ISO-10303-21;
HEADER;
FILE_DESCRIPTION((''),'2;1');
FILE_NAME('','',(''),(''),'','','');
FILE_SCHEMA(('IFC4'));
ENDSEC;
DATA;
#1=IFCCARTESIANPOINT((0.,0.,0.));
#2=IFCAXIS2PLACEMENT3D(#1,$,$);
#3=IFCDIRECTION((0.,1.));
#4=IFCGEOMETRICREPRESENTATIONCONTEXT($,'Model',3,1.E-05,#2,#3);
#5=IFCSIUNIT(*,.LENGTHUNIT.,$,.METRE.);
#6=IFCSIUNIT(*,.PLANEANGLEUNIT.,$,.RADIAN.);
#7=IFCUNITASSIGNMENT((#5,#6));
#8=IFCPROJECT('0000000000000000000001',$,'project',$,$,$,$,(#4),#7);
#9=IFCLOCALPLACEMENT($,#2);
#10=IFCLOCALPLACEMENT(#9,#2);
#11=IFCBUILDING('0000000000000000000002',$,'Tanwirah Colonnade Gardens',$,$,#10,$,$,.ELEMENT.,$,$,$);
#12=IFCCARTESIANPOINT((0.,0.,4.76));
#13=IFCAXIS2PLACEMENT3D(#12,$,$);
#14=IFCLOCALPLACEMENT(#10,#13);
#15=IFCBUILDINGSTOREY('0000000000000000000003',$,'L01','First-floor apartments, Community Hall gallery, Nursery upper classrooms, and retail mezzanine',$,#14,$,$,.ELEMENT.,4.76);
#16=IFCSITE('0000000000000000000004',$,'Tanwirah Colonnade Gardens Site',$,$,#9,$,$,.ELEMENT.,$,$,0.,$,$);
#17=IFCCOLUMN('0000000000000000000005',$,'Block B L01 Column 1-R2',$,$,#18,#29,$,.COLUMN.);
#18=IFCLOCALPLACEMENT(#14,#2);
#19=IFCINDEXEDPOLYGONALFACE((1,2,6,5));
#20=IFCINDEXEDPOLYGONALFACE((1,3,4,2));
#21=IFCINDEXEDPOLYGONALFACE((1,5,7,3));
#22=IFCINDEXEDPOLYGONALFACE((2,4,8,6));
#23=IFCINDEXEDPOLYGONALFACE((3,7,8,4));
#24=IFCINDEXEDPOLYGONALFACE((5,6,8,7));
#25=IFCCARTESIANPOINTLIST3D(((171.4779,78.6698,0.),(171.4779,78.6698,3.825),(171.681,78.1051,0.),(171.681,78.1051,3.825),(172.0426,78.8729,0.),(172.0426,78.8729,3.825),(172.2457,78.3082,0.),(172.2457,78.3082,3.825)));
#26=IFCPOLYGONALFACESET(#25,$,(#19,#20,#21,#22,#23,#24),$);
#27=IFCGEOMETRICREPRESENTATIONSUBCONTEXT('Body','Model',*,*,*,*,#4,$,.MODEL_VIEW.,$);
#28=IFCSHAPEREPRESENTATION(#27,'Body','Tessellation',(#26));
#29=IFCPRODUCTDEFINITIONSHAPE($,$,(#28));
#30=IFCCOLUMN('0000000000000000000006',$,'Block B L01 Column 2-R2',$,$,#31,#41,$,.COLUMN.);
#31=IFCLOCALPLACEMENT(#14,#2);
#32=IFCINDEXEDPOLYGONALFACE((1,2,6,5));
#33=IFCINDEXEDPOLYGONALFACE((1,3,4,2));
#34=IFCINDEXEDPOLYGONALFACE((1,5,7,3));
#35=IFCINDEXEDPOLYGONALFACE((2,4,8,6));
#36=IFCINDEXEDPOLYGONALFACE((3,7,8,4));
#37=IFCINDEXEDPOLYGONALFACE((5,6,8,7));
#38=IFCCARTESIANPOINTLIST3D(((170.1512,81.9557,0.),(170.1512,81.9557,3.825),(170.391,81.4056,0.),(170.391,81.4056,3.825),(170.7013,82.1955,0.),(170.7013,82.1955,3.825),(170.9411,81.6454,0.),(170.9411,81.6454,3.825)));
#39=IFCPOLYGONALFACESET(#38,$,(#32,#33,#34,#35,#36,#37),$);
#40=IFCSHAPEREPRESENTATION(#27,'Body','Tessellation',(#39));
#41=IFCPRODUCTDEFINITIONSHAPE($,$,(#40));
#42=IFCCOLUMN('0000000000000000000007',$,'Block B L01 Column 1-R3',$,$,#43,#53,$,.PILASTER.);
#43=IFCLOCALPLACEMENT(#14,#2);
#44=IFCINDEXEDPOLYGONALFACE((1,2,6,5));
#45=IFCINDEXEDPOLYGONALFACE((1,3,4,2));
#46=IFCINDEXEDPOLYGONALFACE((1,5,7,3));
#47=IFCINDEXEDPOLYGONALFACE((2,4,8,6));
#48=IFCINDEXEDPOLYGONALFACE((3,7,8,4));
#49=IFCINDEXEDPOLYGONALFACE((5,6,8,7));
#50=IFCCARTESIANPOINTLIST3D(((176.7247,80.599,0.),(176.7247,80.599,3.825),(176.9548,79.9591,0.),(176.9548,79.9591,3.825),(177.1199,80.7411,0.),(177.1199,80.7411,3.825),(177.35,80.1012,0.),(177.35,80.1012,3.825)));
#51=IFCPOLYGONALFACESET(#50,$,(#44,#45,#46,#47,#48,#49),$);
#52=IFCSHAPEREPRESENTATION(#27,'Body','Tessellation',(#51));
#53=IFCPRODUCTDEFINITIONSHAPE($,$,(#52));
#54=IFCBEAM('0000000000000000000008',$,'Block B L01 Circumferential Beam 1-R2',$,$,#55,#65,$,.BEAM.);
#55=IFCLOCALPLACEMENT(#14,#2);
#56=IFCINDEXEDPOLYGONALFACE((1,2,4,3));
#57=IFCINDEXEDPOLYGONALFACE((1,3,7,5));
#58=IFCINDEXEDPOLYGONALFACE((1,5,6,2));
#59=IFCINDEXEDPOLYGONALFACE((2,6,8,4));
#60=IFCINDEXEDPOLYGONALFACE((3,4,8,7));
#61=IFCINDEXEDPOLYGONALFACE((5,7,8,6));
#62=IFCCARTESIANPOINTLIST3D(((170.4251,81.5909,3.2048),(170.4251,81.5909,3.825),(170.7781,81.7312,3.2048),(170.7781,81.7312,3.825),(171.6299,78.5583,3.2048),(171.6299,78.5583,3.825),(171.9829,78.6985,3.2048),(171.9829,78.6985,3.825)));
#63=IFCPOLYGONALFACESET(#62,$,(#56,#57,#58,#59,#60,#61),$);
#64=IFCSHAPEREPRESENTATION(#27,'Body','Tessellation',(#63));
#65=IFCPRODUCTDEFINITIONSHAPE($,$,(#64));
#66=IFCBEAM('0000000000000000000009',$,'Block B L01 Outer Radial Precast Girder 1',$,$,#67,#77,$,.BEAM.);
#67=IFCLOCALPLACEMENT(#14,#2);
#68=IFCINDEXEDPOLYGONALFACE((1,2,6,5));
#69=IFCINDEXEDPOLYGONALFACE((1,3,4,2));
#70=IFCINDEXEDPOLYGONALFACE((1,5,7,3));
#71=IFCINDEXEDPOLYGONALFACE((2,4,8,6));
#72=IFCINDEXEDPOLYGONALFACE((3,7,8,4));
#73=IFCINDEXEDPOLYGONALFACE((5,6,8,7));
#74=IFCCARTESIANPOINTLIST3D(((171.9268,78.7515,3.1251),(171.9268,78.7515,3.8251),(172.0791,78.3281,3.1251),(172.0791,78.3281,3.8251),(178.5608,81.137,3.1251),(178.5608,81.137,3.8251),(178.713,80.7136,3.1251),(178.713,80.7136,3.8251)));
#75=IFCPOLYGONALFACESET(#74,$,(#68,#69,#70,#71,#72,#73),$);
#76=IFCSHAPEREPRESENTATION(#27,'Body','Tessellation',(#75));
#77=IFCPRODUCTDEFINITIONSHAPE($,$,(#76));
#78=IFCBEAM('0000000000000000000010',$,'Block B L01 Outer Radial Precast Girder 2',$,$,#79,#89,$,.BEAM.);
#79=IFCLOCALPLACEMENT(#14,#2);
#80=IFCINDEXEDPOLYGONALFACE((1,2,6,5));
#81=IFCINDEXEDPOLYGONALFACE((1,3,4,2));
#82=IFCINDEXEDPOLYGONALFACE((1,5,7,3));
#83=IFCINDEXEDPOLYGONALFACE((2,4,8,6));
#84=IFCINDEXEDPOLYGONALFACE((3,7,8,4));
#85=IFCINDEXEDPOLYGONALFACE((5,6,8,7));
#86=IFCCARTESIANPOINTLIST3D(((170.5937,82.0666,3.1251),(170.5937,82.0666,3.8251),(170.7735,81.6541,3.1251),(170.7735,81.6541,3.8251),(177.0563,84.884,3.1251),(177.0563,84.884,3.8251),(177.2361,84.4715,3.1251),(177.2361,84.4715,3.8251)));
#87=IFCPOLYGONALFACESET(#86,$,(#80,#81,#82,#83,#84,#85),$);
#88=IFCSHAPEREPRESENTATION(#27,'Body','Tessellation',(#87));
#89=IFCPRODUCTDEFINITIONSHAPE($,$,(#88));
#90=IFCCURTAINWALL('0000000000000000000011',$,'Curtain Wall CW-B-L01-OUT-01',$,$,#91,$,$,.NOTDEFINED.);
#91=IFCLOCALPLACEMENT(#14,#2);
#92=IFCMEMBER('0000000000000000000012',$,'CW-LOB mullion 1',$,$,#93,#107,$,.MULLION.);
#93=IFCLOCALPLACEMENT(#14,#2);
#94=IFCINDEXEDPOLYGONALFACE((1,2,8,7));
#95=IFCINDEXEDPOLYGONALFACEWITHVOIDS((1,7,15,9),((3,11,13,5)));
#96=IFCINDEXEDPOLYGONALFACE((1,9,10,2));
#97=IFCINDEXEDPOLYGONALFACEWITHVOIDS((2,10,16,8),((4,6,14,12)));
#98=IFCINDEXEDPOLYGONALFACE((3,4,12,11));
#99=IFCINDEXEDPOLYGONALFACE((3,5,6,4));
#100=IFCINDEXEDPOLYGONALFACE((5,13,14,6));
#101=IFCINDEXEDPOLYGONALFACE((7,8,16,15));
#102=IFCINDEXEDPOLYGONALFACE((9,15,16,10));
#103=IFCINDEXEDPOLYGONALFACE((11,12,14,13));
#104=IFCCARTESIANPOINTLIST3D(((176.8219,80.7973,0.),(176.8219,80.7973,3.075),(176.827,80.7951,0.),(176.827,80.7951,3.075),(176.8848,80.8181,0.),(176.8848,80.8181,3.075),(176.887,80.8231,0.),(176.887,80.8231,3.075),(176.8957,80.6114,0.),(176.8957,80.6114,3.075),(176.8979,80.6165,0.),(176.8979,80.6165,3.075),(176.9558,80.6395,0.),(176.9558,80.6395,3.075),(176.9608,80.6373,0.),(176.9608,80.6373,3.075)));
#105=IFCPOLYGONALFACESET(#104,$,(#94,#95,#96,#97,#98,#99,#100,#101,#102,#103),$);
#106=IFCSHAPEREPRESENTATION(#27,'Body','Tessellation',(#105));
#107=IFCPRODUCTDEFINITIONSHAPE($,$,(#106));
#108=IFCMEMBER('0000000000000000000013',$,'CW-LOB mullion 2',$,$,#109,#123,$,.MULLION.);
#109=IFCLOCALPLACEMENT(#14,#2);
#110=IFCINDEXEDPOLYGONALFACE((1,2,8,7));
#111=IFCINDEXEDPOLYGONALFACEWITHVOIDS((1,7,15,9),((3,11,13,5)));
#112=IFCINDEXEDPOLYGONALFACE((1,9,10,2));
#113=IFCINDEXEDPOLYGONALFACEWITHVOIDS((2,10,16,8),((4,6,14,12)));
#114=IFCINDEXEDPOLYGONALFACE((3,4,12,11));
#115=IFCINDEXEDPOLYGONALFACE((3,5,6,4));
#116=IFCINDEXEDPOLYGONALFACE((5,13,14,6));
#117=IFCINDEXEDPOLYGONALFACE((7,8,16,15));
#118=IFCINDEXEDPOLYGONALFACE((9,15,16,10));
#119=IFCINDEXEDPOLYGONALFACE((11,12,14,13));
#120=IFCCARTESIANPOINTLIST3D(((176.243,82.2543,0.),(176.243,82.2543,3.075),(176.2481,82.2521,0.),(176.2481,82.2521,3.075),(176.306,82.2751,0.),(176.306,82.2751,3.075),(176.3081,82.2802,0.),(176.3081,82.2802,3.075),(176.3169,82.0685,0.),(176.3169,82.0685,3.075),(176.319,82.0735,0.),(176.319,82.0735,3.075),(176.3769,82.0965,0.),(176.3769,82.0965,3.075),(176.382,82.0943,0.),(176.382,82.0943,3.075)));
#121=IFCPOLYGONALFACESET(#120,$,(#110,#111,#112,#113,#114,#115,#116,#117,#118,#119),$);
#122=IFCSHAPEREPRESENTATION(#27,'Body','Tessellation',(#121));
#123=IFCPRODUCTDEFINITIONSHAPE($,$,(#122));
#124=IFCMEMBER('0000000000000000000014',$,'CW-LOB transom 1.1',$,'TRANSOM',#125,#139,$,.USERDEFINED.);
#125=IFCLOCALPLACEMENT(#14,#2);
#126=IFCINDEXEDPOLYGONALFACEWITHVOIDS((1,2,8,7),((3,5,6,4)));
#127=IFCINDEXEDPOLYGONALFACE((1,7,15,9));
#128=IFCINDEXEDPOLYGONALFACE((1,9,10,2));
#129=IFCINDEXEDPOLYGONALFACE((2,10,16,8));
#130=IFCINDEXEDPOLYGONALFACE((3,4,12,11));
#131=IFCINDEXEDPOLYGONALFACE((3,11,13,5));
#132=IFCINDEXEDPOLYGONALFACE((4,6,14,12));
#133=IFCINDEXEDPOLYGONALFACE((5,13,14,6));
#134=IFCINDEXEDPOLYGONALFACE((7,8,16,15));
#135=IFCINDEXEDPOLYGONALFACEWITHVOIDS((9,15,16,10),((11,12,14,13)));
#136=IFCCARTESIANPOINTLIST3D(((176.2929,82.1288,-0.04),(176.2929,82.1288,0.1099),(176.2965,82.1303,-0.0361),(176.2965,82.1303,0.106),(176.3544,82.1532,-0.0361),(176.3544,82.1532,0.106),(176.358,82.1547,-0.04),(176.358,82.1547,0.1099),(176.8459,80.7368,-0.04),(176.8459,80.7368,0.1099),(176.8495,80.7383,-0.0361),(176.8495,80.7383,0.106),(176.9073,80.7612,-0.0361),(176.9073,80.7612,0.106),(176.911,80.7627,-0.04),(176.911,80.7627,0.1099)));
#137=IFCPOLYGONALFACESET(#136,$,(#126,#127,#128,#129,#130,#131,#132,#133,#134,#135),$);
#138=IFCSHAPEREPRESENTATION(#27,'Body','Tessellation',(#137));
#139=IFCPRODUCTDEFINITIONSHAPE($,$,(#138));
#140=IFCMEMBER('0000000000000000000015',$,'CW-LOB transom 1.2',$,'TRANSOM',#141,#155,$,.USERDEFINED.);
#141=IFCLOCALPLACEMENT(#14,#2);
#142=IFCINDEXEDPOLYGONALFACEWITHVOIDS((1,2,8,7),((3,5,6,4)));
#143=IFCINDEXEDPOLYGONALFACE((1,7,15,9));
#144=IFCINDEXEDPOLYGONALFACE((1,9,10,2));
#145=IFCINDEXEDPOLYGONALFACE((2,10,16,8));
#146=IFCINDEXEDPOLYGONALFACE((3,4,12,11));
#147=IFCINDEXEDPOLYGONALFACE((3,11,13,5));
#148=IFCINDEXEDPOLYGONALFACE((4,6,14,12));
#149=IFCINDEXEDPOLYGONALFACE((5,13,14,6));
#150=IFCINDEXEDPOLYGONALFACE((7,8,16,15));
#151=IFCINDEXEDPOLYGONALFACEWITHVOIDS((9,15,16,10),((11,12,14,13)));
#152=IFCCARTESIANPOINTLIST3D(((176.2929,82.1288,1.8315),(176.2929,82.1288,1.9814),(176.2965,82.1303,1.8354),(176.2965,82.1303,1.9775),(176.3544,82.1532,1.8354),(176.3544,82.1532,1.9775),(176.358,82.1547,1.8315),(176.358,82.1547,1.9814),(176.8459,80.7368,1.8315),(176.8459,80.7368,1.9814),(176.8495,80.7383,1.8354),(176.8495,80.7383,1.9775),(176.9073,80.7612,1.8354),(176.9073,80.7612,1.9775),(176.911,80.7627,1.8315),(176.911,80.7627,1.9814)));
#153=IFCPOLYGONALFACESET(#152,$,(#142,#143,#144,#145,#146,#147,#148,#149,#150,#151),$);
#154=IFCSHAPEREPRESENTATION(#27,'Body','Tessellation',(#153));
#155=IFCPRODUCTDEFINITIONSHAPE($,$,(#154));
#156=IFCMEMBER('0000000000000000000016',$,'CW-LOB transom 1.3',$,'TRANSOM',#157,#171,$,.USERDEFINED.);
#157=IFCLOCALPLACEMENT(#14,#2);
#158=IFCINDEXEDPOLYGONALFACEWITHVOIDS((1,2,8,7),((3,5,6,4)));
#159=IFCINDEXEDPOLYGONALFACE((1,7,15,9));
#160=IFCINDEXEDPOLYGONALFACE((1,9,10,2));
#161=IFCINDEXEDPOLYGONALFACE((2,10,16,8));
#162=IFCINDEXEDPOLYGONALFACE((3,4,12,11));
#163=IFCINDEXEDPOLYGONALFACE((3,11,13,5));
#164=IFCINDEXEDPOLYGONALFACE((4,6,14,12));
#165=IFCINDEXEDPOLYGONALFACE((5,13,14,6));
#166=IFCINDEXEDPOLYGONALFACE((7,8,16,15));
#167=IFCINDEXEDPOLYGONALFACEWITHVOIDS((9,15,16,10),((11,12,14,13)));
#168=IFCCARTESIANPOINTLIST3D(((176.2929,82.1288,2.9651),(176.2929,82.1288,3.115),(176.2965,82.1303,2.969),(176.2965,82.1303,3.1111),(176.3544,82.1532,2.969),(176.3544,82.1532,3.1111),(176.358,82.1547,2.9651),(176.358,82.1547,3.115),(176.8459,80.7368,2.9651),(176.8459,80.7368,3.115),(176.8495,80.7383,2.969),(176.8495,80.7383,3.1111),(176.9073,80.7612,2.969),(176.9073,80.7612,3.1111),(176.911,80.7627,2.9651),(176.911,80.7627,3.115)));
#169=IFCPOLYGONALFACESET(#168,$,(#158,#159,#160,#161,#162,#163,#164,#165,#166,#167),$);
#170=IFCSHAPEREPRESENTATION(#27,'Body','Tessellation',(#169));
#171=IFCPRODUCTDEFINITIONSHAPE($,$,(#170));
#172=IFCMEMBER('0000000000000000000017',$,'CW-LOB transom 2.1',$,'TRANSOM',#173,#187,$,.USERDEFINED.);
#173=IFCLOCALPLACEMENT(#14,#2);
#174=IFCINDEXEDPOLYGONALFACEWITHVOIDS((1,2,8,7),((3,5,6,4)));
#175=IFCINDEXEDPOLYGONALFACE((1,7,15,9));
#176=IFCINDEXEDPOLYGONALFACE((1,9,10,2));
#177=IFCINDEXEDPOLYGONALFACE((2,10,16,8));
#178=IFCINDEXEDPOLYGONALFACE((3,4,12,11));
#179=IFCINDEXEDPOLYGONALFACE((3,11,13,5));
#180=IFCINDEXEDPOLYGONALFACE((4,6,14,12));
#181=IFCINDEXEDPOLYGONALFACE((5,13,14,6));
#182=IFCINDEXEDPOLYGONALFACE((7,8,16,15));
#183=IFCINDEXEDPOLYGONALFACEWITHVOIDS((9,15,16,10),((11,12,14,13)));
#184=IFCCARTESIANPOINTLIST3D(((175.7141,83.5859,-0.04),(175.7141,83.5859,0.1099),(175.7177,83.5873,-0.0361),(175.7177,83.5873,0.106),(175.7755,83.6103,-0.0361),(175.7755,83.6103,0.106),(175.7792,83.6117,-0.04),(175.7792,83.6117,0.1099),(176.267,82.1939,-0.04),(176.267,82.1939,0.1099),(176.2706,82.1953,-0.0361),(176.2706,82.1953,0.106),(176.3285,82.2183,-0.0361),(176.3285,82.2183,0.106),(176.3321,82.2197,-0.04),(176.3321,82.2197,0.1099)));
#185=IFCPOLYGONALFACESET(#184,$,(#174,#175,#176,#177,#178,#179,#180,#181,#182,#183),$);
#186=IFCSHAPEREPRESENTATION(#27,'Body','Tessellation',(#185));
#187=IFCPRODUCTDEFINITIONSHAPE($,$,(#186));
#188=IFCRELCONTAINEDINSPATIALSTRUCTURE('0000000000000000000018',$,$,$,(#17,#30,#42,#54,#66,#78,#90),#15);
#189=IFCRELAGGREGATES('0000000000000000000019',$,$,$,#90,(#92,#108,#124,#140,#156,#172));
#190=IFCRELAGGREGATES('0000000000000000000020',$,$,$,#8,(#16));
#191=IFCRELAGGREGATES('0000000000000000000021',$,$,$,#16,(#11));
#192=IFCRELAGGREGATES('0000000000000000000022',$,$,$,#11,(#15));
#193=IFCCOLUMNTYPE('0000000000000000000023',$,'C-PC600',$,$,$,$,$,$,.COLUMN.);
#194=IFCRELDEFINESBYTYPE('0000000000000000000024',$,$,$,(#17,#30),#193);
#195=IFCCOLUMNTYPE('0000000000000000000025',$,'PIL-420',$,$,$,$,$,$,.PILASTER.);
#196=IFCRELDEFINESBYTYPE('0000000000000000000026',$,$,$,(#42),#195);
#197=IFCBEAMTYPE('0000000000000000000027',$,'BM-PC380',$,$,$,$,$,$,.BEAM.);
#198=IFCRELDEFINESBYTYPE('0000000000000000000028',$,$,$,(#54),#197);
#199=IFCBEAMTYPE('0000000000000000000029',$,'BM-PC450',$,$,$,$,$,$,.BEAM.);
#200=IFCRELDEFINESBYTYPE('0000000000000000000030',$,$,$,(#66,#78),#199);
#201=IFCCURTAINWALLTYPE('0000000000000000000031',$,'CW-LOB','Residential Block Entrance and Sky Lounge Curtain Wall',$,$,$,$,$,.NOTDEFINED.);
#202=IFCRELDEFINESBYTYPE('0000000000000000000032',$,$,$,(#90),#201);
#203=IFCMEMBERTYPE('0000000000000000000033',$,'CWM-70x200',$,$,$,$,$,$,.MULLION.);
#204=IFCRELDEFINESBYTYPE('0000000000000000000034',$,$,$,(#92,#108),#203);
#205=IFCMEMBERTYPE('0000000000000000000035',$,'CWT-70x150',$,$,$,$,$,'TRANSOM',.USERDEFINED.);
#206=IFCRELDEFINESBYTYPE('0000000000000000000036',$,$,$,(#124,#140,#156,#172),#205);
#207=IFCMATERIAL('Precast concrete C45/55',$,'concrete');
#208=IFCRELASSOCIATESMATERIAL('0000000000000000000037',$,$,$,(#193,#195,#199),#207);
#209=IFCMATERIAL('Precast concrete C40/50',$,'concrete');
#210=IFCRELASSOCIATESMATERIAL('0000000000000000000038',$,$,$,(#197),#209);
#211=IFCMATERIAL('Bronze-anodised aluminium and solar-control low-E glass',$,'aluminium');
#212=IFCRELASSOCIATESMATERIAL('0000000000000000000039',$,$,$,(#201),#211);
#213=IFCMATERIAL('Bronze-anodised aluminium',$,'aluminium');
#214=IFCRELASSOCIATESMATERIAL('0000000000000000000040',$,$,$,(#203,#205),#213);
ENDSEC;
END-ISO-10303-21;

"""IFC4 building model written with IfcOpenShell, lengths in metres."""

from ifc_helpers import new_model, si_unit, direction, frame, origin, origin_2d, place, context, subcontext, project, spatial, rectangle, hollow_rectangle, extrude, material, material_profile, profile_set, type_object, element, aggregate, save


model = new_model("IFC4")

# Units and contexts
model_context = context("Model", 3, precision=1e-05, world=origin(), true_north=direction((0.0, 1.0)))
body_context = subcontext(model_context, "Body", "Model", "MODEL_VIEW")
ifc_project = project(units=[si_unit("LENGTHUNIT", "METRE"), si_unit("PLANEANGLEUNIT", "RADIAN")], contexts=[model_context])

# Site, building, storey
site_placement = place(None, origin())
site = spatial("IfcSite", under=ifc_project, at=site_placement, Name="Tanwirah Colonnade Gardens Site", CompositionType="ELEMENT", RefElevation=0.0)
building_placement = place(site_placement, origin())
building = spatial("IfcBuilding", under=site, at=building_placement, Name="Tanwirah Colonnade Gardens", CompositionType="ELEMENT")
storey_placement = place(building_placement, frame((0.0, 0.0, 4.76)))
storey = spatial("IfcBuildingStorey", under=building, at=storey_placement, Name="L01", Description="First-floor apartments, Community Hall gallery, Nursery upper classrooms, and retail mezzanine", CompositionType="ELEMENT", Elevation=4.76)

# Columns
ifc_material_1 = material(Name="Precast concrete C45/55", Category="concrete")
ifc_material_profile_1 = material_profile(ifc_material_1, rectangle(XDim=0.6001, YDim=0.6001, at=origin_2d()), Name="PC-COL 600x600")
ifc_profile_set_1 = profile_set([ifc_material_profile_1], Name="Precast concrete C45/55")
column_type_1 = type_object("IfcColumnType", Name="C-PC600", PredefinedType="COLUMN", material=ifc_profile_set_1)
for number, where, z_axis, x_axis, name in (
    (1, (171.8618, 78.489, 0.0), (0.0, 0.0, 1.0), (0.941012, 0.338373, 0.0), "Block B L01 Column 1-R2"),
    (2, (170.5461, 81.8005, 0.0), (0.0, 0.0, 1.0), (0.916673, 0.399638, 0.0), "Block B L01 Column 2-R2"),
):
    element("IfcColumn", number, at=place(storey_placement, frame(where, z_axis=z_axis, x_axis=x_axis)), inside=storey, type_object=column_type_1, Name=name, PredefinedType="COLUMN", context=body_context, shape_type="SweptSolid", body=[
        extrude(rectangle(XDim=0.6001, YDim=0.6001, at=origin_2d()), origin(), (0.0, 0.0, 1.0), 3.825),
    ])
ifc_material_profile_2 = material_profile(ifc_material_1, rectangle(XDim=0.4199, YDim=0.6799, at=origin_2d()), Name="PC-PIL 420x680")
ifc_profile_set_2 = profile_set([ifc_material_profile_2], Name="Precast concrete C45/55")
column_type_2 = type_object("IfcColumnType", Name="PIL-420", PredefinedType="PILASTER", material=ifc_profile_set_2)
column_placement = place(storey_placement, frame((177.0374, 80.3501, 0.0), z_axis=(0.0, 0.0, 1.0), x_axis=(0.941012, 0.338373, 0.0)))
element("IfcColumn", 3, at=column_placement, inside=storey, type_object=column_type_2, Name="Block B L01 Column 1-R3", PredefinedType="PILASTER", context=body_context, shape_type="SweptSolid", body=[
    extrude(rectangle(XDim=0.4199, YDim=0.6799, at=origin_2d()), origin(), (0.0, 0.0, 1.0), 3.825),
])

# Beams
ifc_material_2 = material(Name="Precast concrete C40/50", Category="concrete")
ifc_material_profile_3 = material_profile(ifc_material_2, rectangle(XDim=0.3799, YDim=0.6201, at=origin_2d()), Name="PC-BM 380x620")
ifc_profile_set_3 = profile_set([ifc_material_profile_3], Name="Precast concrete C40/50")
beam_type_1 = type_object("IfcBeamType", Name="BM-PC380", PredefinedType="BEAM", material=ifc_profile_set_3)
beam_1_placement = place(storey_placement, frame((171.8064, 78.6284, 3.5149), z_axis=(-0.36921, 0.929346, 0.0), x_axis=(-0.929346, -0.36921, 0.0)))
element("IfcBeam", 4, at=beam_1_placement, inside=storey, type_object=beam_type_1, Name="Block B L01 Circumferential Beam 1-R2", PredefinedType="BEAM", context=body_context, shape_type="SweptSolid", body=[
    extrude(rectangle(XDim=0.3799, YDim=0.6201, at=origin_2d()), origin(), (0.0, 0.0, 1.0), 3.2632),
])
ifc_material_profile_4 = material_profile(ifc_material_1, rectangle(XDim=0.45, YDim=0.7, at=origin_2d()), Name="PC-BM 450x700")
ifc_profile_set_4 = profile_set([ifc_material_profile_4], Name="Precast concrete C45/55")
beam_type_2 = type_object("IfcBeamType", Name="BM-PC450", PredefinedType="BEAM", material=ifc_profile_set_4)
beam_2_placement = place(storey_placement, frame((172.0029, 78.5398, 3.4751), z_axis=(0.941012, 0.338374, 0.0), x_axis=(-0.338374, 0.941012, 0.0)))
element("IfcBeam", 5, at=beam_2_placement, inside=storey, type_object=beam_type_2, Name="Block B L01 Outer Radial Precast Girder 1", PredefinedType="BEAM", context=body_context, shape_type="SweptSolid", body=[
    extrude(rectangle(XDim=0.45, YDim=0.7, at=origin_2d()), origin(), (0.0, 0.0, 1.0), 7.0498),
])
beam_3_placement = place(storey_placement, frame((170.6836, 81.8604, 3.4751), z_axis=(0.916679, 0.399625, 0.0), x_axis=(-0.399625, 0.916679, 0.0)))
element("IfcBeam", 6, at=beam_3_placement, inside=storey, type_object=beam_type_2, Name="Block B L01 Outer Radial Precast Girder 2", PredefinedType="BEAM", context=body_context, shape_type="SweptSolid", body=[
    extrude(rectangle(XDim=0.45, YDim=0.7, at=origin_2d()), origin(), (0.0, 0.0, 1.0), 7.05),
])

# Curtain wall, members
ifc_material_3 = material(Name="Bronze-anodised aluminium and solar-control low-E glass", Category="aluminium")
curtain_wall_type = type_object("IfcCurtainWallType", Name="CW-LOB", Description="Residential Block Entrance and Sky Lounge Curtain Wall", PredefinedType="NOTDEFINED", material=ifc_material_3)
curtain_wall_placement = place(storey_placement, origin())
curtain_wall = element("IfcCurtainWall", 7, at=curtain_wall_placement, inside=storey, type_object=curtain_wall_type, Name="Curtain Wall CW-B-L01-OUT-01", PredefinedType="NOTDEFINED")
ifc_material_4 = material(Name="Bronze-anodised aluminium", Category="aluminium")
ifc_material_profile_5 = material_profile(ifc_material_4, hollow_rectangle(XDim=0.0701, YDim=0.2, WallThickness=0.0039, at=origin_2d()), Name="CW-MUL 70x200x4")
ifc_profile_set_5 = profile_set([ifc_material_profile_5], Name="Bronze-anodised aluminium")
member_type_1 = type_object("IfcMemberType", Name="CWM-70x200", PredefinedType="MULLION", material=ifc_profile_set_5)
member_1_placement = place(storey_placement, frame((176.8914, 80.7173, 0.0), z_axis=(0.0, 0.0, 1.0), x_axis=(-0.929348, -0.369206, 0.0)))
member_1 = element("IfcMember", 8, at=member_1_placement, type_object=member_type_1, Name="CW-LOB mullion 1", PredefinedType="MULLION", context=body_context, shape_type="SweptSolid", body=[
    extrude(hollow_rectangle(XDim=0.0701, YDim=0.2, WallThickness=0.0039, at=origin_2d()), origin(), (0.0, 0.0, 1.0), 3.075),
])
member_2_placement = place(storey_placement, frame((176.3125, 82.1743, 0.0), z_axis=(0.0, 0.0, 1.0), x_axis=(-0.929348, -0.369206, 0.0)))
member_2 = element("IfcMember", 9, at=member_2_placement, type_object=member_type_1, Name="CW-LOB mullion 2", PredefinedType="MULLION", context=body_context, shape_type="SweptSolid", body=[
    extrude(hollow_rectangle(XDim=0.0701, YDim=0.2, WallThickness=0.0039, at=origin_2d()), origin(), (0.0, 0.0, 1.0), 3.075),
])
ifc_material_profile_6 = material_profile(ifc_material_4, hollow_rectangle(XDim=0.0701, YDim=0.1499, WallThickness=0.0039, at=origin_2d()), Name="CW-TRN 70x150x4")
ifc_profile_set_6 = profile_set([ifc_material_profile_6], Name="Bronze-anodised aluminium")
member_type_2 = type_object("IfcMemberType", Name="CWT-70x150", ElementType="TRANSOM", PredefinedType="USERDEFINED", material=ifc_profile_set_6)
member_3_placement = place(storey_placement, frame((176.8784, 80.7498, 0.0349), z_axis=(-0.36917, 0.929362, 0.0), x_axis=(-0.929362, -0.36917, 0.0)))
member_3 = element("IfcMember", 10, at=member_3_placement, type_object=member_type_2, Name="CW-LOB transom 1.1", ObjectType="TRANSOM", PredefinedType="USERDEFINED", context=body_context, shape_type="SweptSolid", body=[
    extrude(hollow_rectangle(XDim=0.0701, YDim=0.1499, WallThickness=0.0039, at=origin_2d()), origin(), (0.0, 0.0, 1.0), 1.4978),
])
member_4_placement = place(storey_placement, frame((176.8784, 80.7498, 1.9065), z_axis=(-0.36917, 0.929362, 0.0), x_axis=(-0.929362, -0.36917, 0.0)))
member_4 = element("IfcMember", 11, at=member_4_placement, type_object=member_type_2, Name="CW-LOB transom 1.2", ObjectType="TRANSOM", PredefinedType="USERDEFINED", context=body_context, shape_type="SweptSolid", body=[
    extrude(hollow_rectangle(XDim=0.0701, YDim=0.1499, WallThickness=0.0039, at=origin_2d()), origin(), (0.0, 0.0, 1.0), 1.4978),
])
member_5_placement = place(storey_placement, frame((176.8784, 80.7498, 3.04), z_axis=(-0.36917, 0.929362, 0.0), x_axis=(-0.929362, -0.36917, 0.0)))
member_5 = element("IfcMember", 12, at=member_5_placement, type_object=member_type_2, Name="CW-LOB transom 1.3", ObjectType="TRANSOM", PredefinedType="USERDEFINED", context=body_context, shape_type="SweptSolid", body=[
    extrude(hollow_rectangle(XDim=0.0701, YDim=0.1499, WallThickness=0.0039, at=origin_2d()), origin(), (0.0, 0.0, 1.0), 1.4978),
])
member_6_placement = place(storey_placement, frame((176.2996, 82.2068, 0.0349), z_axis=(-0.36917, 0.929362, 0.0), x_axis=(-0.929362, -0.36917, 0.0)))
member_6 = element("IfcMember", 13, at=member_6_placement, type_object=member_type_2, Name="CW-LOB transom 2.1", ObjectType="TRANSOM", PredefinedType="USERDEFINED", context=body_context, shape_type="SweptSolid", body=[
    extrude(hollow_rectangle(XDim=0.0701, YDim=0.1499, WallThickness=0.0039, at=origin_2d()), origin(), (0.0, 0.0, 1.0), 1.4978),
])

aggregate(curtain_wall, [member_1, member_2, member_3, member_4, member_5, member_6])

save(model, "model.ifc")
